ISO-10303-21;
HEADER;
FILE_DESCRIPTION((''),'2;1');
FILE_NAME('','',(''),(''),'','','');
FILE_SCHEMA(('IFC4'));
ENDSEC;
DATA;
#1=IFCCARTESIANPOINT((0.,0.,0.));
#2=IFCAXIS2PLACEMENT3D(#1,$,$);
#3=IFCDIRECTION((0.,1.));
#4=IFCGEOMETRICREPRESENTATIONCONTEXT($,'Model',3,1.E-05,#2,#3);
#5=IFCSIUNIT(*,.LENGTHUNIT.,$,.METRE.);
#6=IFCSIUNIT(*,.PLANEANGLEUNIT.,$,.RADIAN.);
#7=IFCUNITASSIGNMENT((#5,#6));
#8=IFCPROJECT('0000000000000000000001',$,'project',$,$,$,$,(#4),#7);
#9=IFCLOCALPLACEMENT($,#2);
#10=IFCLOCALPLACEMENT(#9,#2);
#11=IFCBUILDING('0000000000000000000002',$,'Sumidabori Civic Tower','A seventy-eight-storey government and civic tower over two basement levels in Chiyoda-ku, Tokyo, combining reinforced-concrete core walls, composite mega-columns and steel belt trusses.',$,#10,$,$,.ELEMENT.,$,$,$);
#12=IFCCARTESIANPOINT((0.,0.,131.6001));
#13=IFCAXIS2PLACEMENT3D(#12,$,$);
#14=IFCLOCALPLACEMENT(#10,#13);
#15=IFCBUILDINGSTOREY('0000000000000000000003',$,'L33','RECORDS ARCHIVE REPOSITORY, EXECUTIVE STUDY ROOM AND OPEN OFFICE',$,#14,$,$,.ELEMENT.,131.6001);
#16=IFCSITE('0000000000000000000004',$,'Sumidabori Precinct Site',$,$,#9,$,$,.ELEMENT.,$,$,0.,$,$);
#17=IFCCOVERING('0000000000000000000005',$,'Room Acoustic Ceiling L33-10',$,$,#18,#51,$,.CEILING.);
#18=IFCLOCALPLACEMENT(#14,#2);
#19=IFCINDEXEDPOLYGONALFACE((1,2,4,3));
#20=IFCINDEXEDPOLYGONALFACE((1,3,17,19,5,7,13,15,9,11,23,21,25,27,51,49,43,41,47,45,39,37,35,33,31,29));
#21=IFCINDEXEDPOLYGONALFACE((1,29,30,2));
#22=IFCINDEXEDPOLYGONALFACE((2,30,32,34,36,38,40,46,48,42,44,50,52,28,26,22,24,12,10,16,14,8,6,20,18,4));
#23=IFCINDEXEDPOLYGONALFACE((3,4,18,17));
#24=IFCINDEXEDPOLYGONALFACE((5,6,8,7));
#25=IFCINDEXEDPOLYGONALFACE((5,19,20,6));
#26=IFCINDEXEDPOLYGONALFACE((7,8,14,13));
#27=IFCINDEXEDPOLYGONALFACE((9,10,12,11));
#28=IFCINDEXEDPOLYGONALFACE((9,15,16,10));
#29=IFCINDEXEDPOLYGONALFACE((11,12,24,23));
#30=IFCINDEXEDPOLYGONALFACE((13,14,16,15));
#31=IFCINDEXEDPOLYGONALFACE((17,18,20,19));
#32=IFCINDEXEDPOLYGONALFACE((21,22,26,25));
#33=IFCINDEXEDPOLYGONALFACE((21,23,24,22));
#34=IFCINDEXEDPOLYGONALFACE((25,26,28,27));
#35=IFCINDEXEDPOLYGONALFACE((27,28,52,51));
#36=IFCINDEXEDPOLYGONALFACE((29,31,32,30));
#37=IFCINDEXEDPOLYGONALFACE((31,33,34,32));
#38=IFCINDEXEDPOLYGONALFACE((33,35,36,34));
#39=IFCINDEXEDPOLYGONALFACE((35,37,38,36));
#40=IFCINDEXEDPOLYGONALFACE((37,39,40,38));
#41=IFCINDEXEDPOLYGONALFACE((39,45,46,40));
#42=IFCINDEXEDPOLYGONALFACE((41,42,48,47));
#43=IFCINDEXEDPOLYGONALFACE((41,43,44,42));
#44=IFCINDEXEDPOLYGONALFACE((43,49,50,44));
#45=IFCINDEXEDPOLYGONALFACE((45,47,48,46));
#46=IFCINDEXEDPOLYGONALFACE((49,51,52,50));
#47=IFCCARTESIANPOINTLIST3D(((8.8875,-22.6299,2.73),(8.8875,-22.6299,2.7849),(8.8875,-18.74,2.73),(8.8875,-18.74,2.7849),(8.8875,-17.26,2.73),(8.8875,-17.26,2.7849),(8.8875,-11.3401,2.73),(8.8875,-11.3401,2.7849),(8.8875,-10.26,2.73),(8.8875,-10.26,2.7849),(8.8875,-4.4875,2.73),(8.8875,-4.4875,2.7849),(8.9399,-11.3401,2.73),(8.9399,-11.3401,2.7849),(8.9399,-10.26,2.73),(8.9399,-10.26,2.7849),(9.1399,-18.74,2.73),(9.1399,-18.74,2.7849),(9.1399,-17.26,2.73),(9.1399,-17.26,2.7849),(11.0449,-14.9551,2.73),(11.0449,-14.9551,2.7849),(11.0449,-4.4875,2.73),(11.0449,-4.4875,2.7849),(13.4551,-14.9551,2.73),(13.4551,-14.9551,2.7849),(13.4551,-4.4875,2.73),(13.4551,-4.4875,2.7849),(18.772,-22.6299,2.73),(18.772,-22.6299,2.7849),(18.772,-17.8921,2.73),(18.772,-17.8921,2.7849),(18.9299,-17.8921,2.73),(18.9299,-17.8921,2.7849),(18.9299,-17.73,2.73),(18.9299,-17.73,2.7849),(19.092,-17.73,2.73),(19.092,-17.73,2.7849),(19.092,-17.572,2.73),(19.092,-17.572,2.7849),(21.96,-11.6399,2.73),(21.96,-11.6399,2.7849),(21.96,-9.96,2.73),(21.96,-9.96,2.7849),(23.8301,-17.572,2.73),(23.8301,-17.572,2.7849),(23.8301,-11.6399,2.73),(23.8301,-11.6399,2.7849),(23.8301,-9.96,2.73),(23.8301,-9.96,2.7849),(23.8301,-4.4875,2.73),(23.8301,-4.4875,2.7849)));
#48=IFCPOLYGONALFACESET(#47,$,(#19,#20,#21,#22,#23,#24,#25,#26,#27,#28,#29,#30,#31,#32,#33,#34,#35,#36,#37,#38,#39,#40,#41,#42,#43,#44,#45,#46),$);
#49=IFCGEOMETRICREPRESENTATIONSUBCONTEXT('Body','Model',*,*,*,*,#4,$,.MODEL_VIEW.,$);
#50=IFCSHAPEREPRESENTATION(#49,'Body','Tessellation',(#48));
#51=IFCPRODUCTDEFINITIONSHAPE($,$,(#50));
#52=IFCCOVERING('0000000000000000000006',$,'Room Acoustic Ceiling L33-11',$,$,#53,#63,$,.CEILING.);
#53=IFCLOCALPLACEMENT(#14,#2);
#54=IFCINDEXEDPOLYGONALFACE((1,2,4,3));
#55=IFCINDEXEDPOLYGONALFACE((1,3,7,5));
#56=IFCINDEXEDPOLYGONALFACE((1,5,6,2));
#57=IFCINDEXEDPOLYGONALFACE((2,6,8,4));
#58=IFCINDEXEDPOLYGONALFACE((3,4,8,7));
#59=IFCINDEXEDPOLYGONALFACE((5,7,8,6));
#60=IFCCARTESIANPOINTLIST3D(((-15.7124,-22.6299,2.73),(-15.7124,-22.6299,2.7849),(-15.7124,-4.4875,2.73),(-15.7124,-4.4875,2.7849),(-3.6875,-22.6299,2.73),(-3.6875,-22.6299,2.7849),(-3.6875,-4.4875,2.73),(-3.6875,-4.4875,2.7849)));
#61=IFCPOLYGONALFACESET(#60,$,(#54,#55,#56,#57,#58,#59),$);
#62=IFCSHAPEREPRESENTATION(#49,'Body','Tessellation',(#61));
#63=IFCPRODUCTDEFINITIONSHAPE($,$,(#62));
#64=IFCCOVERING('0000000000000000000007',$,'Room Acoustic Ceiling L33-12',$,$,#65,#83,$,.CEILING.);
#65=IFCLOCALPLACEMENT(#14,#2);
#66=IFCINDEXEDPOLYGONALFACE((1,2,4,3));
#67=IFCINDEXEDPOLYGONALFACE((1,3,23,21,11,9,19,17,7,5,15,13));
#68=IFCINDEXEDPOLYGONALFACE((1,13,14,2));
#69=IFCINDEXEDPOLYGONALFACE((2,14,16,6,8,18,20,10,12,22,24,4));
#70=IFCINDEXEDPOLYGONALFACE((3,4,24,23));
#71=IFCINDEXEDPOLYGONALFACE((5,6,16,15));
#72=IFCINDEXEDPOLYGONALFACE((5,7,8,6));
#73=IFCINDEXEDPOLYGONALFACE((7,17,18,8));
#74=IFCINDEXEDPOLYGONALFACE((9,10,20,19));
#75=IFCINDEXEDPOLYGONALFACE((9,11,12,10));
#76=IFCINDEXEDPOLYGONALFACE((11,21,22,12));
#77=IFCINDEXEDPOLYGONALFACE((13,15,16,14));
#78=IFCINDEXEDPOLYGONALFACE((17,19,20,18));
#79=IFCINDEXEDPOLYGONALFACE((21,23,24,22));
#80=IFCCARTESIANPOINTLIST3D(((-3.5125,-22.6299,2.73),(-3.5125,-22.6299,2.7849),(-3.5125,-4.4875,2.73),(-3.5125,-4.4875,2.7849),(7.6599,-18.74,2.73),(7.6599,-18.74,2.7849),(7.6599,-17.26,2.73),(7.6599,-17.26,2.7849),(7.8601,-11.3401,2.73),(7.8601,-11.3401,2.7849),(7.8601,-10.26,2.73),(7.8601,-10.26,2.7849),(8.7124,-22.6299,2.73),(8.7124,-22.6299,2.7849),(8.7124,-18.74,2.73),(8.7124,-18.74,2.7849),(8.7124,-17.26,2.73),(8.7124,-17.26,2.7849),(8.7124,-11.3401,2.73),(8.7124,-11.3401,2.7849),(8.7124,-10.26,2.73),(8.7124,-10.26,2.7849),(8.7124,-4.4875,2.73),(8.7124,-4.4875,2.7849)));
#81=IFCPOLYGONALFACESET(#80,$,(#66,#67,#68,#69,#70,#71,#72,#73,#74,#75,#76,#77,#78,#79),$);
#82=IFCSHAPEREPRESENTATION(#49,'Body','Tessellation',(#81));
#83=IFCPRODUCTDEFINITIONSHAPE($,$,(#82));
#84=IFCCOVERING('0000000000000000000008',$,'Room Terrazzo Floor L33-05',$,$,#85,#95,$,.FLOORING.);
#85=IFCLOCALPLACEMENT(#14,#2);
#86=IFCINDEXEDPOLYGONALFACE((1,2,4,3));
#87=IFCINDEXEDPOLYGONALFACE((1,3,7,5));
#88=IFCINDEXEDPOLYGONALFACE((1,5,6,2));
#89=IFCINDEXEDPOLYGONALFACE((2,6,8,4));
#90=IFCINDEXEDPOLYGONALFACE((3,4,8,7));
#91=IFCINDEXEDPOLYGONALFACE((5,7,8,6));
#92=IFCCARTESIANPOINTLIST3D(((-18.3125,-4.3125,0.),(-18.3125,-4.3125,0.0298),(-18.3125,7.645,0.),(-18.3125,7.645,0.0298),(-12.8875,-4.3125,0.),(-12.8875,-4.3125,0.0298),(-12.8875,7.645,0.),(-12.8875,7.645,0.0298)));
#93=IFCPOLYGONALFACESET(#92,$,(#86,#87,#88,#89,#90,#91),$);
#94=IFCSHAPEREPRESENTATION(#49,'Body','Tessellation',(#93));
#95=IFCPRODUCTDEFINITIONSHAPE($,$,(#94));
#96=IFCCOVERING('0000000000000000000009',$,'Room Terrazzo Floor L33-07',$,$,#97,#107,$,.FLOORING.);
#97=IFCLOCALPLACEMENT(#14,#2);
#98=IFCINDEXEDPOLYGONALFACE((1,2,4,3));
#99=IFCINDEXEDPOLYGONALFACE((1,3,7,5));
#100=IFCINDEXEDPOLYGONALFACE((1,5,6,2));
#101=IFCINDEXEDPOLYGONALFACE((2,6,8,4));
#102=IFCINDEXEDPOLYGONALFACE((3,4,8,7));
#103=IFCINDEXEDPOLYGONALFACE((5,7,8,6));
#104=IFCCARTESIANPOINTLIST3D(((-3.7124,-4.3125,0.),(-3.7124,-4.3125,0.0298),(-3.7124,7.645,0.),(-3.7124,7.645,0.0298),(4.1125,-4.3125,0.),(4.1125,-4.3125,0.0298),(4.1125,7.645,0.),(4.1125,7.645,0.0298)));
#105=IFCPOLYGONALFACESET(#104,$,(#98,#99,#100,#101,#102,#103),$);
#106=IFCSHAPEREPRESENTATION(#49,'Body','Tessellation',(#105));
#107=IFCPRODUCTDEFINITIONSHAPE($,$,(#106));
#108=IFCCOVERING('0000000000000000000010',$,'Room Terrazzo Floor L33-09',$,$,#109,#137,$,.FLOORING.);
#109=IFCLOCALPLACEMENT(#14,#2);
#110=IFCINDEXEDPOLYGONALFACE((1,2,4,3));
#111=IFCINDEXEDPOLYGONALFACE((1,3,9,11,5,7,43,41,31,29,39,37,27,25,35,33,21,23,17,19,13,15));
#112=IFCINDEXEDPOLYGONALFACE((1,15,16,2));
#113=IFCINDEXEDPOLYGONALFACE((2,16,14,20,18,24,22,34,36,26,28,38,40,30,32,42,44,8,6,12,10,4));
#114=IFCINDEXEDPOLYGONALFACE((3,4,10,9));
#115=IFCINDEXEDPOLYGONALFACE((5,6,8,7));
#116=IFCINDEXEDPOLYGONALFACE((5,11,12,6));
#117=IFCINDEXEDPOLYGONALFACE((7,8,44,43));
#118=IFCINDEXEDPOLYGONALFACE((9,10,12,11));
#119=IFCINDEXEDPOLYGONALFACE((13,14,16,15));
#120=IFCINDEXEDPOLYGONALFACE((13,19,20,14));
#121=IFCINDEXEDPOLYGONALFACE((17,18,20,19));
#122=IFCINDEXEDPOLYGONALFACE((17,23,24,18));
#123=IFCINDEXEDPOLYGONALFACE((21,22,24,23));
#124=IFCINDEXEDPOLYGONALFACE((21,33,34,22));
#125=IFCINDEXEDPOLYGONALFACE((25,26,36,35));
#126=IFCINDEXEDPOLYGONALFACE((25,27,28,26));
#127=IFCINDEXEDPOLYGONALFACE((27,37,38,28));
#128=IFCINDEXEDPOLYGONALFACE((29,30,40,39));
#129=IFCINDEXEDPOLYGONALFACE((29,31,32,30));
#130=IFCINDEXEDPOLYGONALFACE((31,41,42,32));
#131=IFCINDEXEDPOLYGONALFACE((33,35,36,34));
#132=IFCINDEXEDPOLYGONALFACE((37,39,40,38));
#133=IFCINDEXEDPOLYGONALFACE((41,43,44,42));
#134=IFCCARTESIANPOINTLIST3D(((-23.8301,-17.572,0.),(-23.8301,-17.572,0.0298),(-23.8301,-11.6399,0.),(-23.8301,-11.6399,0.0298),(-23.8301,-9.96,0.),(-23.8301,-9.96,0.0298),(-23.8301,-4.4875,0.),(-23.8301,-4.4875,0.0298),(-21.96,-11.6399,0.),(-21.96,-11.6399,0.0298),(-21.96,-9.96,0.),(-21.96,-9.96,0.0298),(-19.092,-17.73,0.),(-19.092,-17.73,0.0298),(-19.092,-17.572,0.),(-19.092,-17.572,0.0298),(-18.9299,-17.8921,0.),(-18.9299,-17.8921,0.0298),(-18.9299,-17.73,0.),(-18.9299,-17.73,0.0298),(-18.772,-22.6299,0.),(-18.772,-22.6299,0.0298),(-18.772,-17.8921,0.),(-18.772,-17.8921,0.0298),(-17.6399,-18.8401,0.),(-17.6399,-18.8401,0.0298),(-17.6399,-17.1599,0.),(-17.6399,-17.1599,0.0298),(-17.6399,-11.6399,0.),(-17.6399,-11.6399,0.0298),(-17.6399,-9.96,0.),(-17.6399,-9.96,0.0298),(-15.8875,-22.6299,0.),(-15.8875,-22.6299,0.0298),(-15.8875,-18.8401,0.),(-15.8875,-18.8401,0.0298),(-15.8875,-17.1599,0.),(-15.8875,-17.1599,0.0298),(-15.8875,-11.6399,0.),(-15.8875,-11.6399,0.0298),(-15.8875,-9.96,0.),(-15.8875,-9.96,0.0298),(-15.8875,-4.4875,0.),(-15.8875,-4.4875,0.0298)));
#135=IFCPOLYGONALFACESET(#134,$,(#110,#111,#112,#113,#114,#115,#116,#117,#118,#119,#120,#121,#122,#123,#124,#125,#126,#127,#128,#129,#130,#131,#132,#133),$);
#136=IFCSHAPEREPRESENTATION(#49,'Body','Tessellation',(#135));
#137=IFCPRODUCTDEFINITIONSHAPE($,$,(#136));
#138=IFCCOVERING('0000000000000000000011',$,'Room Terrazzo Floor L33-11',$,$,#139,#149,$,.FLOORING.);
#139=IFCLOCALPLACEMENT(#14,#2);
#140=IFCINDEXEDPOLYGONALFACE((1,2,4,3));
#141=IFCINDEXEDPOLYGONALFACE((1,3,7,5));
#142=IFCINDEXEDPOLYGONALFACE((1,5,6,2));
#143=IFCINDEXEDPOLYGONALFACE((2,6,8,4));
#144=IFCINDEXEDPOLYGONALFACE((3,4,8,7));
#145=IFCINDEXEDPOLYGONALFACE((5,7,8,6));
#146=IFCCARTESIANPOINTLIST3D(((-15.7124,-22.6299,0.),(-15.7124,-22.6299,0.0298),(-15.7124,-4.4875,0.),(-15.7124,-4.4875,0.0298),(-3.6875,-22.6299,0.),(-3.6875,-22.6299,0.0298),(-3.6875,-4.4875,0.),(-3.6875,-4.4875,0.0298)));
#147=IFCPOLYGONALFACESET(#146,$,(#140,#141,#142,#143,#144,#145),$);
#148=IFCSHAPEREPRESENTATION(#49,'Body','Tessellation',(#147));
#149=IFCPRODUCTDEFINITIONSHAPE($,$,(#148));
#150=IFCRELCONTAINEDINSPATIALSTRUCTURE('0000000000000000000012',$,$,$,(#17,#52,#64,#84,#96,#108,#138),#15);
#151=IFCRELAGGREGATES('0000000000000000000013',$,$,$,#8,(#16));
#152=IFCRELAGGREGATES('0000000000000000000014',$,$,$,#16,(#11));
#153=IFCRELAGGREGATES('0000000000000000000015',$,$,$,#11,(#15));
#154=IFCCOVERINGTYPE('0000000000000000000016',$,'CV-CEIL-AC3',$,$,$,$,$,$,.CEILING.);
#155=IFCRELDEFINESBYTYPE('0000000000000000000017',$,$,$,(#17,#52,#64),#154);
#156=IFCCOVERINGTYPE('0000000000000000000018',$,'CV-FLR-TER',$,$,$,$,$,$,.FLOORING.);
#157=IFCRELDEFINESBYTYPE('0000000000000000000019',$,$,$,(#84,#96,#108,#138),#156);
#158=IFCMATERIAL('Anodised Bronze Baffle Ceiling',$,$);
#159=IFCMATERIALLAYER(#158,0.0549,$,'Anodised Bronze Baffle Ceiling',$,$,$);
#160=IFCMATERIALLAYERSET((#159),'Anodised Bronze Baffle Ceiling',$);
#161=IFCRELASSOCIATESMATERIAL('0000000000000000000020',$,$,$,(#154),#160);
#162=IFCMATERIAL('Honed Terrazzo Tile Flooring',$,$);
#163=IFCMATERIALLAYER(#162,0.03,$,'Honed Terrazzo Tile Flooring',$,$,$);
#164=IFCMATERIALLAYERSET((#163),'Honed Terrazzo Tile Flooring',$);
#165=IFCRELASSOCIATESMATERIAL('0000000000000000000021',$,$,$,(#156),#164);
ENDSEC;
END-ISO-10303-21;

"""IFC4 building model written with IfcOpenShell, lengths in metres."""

from ifc_helpers import new_model, si_unit, direction, frame, origin, place, context, subcontext, project, spatial, polyline, outline, extrude, material, layer, layer_set, type_object, element, save


model = new_model("IFC4")

# Units and contexts
model_context = context("Model", 3, precision=1e-05, world=origin(), true_north=direction((0.0, 1.0)))
body_context = subcontext(model_context, "Body", "Model", "MODEL_VIEW")
ifc_project = project(units=[si_unit("LENGTHUNIT", "METRE"), si_unit("PLANEANGLEUNIT", "RADIAN")], contexts=[model_context])

# Site, building, storey
site_placement = place(None, origin())
site = spatial("IfcSite", under=ifc_project, at=site_placement, Name="Sumidabori Precinct Site", CompositionType="ELEMENT", RefElevation=0.0)
building_placement = place(site_placement, origin())
building = spatial("IfcBuilding", under=site, at=building_placement, Name="Sumidabori Civic Tower", Description="A seventy-eight-storey government and civic tower over two basement levels in Chiyoda-ku, Tokyo, combining reinforced-concrete core walls, composite mega-columns and steel belt trusses.", CompositionType="ELEMENT")
storey_placement = place(building_placement, frame((0.0, 0.0, 131.6001)))
storey = spatial("IfcBuildingStorey", under=building, at=storey_placement, Name="L33", Description="RECORDS ARCHIVE REPOSITORY, EXECUTIVE STUDY ROOM AND OPEN OFFICE", CompositionType="ELEMENT", Elevation=131.6001)

# Coverings
ifc_material_1 = material(Name="Anodised Bronze Baffle Ceiling")
ifc_layer_1 = layer(ifc_material_1, 0.0549, Name="Anodised Bronze Baffle Ceiling")
ifc_layer_set_1 = layer_set([ifc_layer_1], Name="Anodised Bronze Baffle Ceiling")
covering_type_1 = type_object("IfcCoveringType", Name="CV-CEIL-AC3", PredefinedType="CEILING", material=ifc_layer_set_1)
covering_1_placement = place(storey_placement, frame((0.0, 0.0, 2.73)))
element("IfcCovering", 1, at=covering_1_placement, inside=storey, type_object=covering_type_1, Name="Room Acoustic Ceiling L33-10", PredefinedType="CEILING", context=body_context, shape_type="SweptSolid", body=[
    extrude(outline(polyline([(8.9399, -10.26), (8.8875, -10.26), (8.8875, -4.4875), (11.0449, -4.4875), (11.0449, -14.9551), (13.4551, -14.9551), (13.4551, -4.4875), (23.8301, -4.4875), (23.8301, -9.96), (21.96, -9.96), (21.96, -11.6399), (23.8301, -11.6399), (23.8301, -17.572), (19.092, -17.572), (19.092, -17.73), (18.9299, -17.73), (18.9299, -17.8921), (18.772, -17.8921), (18.772, -22.6299), (8.8875, -22.6299), (8.8875, -18.74), (9.1399, -18.74), (9.1399, -17.26), (8.8875, -17.26), (8.8875, -11.3401), (8.9399, -11.3401), (8.9399, -10.26)])), origin(), (0.0, 0.0, 1.0), 0.0549),
])
covering_2_placement = place(storey_placement, frame((0.0, 0.0, 2.73)))
element("IfcCovering", 2, at=covering_2_placement, inside=storey, type_object=covering_type_1, Name="Room Acoustic Ceiling L33-11", PredefinedType="CEILING", context=body_context, shape_type="SweptSolid", body=[
    extrude(outline(polyline([(-15.7124, -4.4875), (-3.6875, -4.4875), (-3.6875, -22.6299), (-15.7124, -22.6299), (-15.7124, -4.4875)])), origin(), (0.0, 0.0, 1.0), 0.0549),
])
covering_3_placement = place(storey_placement, frame((0.0, 0.0, 2.73)))
element("IfcCovering", 3, at=covering_3_placement, inside=storey, type_object=covering_type_1, Name="Room Acoustic Ceiling L33-12", PredefinedType="CEILING", context=body_context, shape_type="SweptSolid", body=[
    extrude(outline(polyline([(-3.5125, -4.4875), (8.7124, -4.4875), (8.7124, -10.26), (7.8601, -10.26), (7.8601, -11.3401), (8.7124, -11.3401), (8.7124, -17.26), (7.6599, -17.26), (7.6599, -18.74), (8.7124, -18.74), (8.7124, -22.6299), (-3.5125, -22.6299), (-3.5125, -4.4875)])), origin(), (0.0, 0.0, 1.0), 0.0549),
])
ifc_material_2 = material(Name="Honed Terrazzo Tile Flooring")
ifc_layer_2 = layer(ifc_material_2, 0.03, Name="Honed Terrazzo Tile Flooring")
ifc_layer_set_2 = layer_set([ifc_layer_2], Name="Honed Terrazzo Tile Flooring")
covering_type_2 = type_object("IfcCoveringType", Name="CV-FLR-TER", PredefinedType="FLOORING", material=ifc_layer_set_2)
covering_4_placement = place(storey_placement, origin())
element("IfcCovering", 4, at=covering_4_placement, inside=storey, type_object=covering_type_2, Name="Room Terrazzo Floor L33-05", PredefinedType="FLOORING", context=body_context, shape_type="SweptSolid", body=[
    extrude(outline(polyline([(-18.3125, -4.3125), (-18.3125, 7.645), (-12.8875, 7.645), (-12.8875, -4.3125), (-18.3125, -4.3125)])), origin(), (0.0, 0.0, 1.0), 0.0298),
])
covering_5_placement = place(storey_placement, origin())
element("IfcCovering", 5, at=covering_5_placement, inside=storey, type_object=covering_type_2, Name="Room Terrazzo Floor L33-07", PredefinedType="FLOORING", context=body_context, shape_type="SweptSolid", body=[
    extrude(outline(polyline([(-3.7124, -4.3125), (-3.7124, 7.645), (4.1125, 7.645), (4.1125, -4.3125), (-3.7124, -4.3125)])), origin(), (0.0, 0.0, 1.0), 0.0298),
])
covering_6_placement = place(storey_placement, origin())
element("IfcCovering", 6, at=covering_6_placement, inside=storey, type_object=covering_type_2, Name="Room Terrazzo Floor L33-09", PredefinedType="FLOORING", context=body_context, shape_type="SweptSolid", body=[
    extrude(outline(polyline([(-23.8301, -4.4875), (-15.8875, -4.4875), (-15.8875, -9.96), (-17.6399, -9.96), (-17.6399, -11.6399), (-15.8875, -11.6399), (-15.8875, -17.1599), (-17.6399, -17.1599), (-17.6399, -18.8401), (-15.8875, -18.8401), (-15.8875, -22.6299), (-18.772, -22.6299), (-18.772, -17.8921), (-18.9299, -17.8921), (-18.9299, -17.73), (-19.092, -17.73), (-19.092, -17.572), (-23.8301, -17.572), (-23.8301, -11.6399), (-21.96, -11.6399), (-21.96, -9.96), (-23.8301, -9.96), (-23.8301, -4.4875)])), origin(), (0.0, 0.0, 1.0), 0.0298),
])
covering_7_placement = place(storey_placement, origin())
element("IfcCovering", 7, at=covering_7_placement, inside=storey, type_object=covering_type_2, Name="Room Terrazzo Floor L33-11", PredefinedType="FLOORING", context=body_context, shape_type="SweptSolid", body=[
    extrude(outline(polyline([(-15.7124, -4.4875), (-3.6875, -4.4875), (-3.6875, -22.6299), (-15.7124, -22.6299), (-15.7124, -4.4875)])), origin(), (0.0, 0.0, 1.0), 0.0298),
])

save(model, "model.ifc")
